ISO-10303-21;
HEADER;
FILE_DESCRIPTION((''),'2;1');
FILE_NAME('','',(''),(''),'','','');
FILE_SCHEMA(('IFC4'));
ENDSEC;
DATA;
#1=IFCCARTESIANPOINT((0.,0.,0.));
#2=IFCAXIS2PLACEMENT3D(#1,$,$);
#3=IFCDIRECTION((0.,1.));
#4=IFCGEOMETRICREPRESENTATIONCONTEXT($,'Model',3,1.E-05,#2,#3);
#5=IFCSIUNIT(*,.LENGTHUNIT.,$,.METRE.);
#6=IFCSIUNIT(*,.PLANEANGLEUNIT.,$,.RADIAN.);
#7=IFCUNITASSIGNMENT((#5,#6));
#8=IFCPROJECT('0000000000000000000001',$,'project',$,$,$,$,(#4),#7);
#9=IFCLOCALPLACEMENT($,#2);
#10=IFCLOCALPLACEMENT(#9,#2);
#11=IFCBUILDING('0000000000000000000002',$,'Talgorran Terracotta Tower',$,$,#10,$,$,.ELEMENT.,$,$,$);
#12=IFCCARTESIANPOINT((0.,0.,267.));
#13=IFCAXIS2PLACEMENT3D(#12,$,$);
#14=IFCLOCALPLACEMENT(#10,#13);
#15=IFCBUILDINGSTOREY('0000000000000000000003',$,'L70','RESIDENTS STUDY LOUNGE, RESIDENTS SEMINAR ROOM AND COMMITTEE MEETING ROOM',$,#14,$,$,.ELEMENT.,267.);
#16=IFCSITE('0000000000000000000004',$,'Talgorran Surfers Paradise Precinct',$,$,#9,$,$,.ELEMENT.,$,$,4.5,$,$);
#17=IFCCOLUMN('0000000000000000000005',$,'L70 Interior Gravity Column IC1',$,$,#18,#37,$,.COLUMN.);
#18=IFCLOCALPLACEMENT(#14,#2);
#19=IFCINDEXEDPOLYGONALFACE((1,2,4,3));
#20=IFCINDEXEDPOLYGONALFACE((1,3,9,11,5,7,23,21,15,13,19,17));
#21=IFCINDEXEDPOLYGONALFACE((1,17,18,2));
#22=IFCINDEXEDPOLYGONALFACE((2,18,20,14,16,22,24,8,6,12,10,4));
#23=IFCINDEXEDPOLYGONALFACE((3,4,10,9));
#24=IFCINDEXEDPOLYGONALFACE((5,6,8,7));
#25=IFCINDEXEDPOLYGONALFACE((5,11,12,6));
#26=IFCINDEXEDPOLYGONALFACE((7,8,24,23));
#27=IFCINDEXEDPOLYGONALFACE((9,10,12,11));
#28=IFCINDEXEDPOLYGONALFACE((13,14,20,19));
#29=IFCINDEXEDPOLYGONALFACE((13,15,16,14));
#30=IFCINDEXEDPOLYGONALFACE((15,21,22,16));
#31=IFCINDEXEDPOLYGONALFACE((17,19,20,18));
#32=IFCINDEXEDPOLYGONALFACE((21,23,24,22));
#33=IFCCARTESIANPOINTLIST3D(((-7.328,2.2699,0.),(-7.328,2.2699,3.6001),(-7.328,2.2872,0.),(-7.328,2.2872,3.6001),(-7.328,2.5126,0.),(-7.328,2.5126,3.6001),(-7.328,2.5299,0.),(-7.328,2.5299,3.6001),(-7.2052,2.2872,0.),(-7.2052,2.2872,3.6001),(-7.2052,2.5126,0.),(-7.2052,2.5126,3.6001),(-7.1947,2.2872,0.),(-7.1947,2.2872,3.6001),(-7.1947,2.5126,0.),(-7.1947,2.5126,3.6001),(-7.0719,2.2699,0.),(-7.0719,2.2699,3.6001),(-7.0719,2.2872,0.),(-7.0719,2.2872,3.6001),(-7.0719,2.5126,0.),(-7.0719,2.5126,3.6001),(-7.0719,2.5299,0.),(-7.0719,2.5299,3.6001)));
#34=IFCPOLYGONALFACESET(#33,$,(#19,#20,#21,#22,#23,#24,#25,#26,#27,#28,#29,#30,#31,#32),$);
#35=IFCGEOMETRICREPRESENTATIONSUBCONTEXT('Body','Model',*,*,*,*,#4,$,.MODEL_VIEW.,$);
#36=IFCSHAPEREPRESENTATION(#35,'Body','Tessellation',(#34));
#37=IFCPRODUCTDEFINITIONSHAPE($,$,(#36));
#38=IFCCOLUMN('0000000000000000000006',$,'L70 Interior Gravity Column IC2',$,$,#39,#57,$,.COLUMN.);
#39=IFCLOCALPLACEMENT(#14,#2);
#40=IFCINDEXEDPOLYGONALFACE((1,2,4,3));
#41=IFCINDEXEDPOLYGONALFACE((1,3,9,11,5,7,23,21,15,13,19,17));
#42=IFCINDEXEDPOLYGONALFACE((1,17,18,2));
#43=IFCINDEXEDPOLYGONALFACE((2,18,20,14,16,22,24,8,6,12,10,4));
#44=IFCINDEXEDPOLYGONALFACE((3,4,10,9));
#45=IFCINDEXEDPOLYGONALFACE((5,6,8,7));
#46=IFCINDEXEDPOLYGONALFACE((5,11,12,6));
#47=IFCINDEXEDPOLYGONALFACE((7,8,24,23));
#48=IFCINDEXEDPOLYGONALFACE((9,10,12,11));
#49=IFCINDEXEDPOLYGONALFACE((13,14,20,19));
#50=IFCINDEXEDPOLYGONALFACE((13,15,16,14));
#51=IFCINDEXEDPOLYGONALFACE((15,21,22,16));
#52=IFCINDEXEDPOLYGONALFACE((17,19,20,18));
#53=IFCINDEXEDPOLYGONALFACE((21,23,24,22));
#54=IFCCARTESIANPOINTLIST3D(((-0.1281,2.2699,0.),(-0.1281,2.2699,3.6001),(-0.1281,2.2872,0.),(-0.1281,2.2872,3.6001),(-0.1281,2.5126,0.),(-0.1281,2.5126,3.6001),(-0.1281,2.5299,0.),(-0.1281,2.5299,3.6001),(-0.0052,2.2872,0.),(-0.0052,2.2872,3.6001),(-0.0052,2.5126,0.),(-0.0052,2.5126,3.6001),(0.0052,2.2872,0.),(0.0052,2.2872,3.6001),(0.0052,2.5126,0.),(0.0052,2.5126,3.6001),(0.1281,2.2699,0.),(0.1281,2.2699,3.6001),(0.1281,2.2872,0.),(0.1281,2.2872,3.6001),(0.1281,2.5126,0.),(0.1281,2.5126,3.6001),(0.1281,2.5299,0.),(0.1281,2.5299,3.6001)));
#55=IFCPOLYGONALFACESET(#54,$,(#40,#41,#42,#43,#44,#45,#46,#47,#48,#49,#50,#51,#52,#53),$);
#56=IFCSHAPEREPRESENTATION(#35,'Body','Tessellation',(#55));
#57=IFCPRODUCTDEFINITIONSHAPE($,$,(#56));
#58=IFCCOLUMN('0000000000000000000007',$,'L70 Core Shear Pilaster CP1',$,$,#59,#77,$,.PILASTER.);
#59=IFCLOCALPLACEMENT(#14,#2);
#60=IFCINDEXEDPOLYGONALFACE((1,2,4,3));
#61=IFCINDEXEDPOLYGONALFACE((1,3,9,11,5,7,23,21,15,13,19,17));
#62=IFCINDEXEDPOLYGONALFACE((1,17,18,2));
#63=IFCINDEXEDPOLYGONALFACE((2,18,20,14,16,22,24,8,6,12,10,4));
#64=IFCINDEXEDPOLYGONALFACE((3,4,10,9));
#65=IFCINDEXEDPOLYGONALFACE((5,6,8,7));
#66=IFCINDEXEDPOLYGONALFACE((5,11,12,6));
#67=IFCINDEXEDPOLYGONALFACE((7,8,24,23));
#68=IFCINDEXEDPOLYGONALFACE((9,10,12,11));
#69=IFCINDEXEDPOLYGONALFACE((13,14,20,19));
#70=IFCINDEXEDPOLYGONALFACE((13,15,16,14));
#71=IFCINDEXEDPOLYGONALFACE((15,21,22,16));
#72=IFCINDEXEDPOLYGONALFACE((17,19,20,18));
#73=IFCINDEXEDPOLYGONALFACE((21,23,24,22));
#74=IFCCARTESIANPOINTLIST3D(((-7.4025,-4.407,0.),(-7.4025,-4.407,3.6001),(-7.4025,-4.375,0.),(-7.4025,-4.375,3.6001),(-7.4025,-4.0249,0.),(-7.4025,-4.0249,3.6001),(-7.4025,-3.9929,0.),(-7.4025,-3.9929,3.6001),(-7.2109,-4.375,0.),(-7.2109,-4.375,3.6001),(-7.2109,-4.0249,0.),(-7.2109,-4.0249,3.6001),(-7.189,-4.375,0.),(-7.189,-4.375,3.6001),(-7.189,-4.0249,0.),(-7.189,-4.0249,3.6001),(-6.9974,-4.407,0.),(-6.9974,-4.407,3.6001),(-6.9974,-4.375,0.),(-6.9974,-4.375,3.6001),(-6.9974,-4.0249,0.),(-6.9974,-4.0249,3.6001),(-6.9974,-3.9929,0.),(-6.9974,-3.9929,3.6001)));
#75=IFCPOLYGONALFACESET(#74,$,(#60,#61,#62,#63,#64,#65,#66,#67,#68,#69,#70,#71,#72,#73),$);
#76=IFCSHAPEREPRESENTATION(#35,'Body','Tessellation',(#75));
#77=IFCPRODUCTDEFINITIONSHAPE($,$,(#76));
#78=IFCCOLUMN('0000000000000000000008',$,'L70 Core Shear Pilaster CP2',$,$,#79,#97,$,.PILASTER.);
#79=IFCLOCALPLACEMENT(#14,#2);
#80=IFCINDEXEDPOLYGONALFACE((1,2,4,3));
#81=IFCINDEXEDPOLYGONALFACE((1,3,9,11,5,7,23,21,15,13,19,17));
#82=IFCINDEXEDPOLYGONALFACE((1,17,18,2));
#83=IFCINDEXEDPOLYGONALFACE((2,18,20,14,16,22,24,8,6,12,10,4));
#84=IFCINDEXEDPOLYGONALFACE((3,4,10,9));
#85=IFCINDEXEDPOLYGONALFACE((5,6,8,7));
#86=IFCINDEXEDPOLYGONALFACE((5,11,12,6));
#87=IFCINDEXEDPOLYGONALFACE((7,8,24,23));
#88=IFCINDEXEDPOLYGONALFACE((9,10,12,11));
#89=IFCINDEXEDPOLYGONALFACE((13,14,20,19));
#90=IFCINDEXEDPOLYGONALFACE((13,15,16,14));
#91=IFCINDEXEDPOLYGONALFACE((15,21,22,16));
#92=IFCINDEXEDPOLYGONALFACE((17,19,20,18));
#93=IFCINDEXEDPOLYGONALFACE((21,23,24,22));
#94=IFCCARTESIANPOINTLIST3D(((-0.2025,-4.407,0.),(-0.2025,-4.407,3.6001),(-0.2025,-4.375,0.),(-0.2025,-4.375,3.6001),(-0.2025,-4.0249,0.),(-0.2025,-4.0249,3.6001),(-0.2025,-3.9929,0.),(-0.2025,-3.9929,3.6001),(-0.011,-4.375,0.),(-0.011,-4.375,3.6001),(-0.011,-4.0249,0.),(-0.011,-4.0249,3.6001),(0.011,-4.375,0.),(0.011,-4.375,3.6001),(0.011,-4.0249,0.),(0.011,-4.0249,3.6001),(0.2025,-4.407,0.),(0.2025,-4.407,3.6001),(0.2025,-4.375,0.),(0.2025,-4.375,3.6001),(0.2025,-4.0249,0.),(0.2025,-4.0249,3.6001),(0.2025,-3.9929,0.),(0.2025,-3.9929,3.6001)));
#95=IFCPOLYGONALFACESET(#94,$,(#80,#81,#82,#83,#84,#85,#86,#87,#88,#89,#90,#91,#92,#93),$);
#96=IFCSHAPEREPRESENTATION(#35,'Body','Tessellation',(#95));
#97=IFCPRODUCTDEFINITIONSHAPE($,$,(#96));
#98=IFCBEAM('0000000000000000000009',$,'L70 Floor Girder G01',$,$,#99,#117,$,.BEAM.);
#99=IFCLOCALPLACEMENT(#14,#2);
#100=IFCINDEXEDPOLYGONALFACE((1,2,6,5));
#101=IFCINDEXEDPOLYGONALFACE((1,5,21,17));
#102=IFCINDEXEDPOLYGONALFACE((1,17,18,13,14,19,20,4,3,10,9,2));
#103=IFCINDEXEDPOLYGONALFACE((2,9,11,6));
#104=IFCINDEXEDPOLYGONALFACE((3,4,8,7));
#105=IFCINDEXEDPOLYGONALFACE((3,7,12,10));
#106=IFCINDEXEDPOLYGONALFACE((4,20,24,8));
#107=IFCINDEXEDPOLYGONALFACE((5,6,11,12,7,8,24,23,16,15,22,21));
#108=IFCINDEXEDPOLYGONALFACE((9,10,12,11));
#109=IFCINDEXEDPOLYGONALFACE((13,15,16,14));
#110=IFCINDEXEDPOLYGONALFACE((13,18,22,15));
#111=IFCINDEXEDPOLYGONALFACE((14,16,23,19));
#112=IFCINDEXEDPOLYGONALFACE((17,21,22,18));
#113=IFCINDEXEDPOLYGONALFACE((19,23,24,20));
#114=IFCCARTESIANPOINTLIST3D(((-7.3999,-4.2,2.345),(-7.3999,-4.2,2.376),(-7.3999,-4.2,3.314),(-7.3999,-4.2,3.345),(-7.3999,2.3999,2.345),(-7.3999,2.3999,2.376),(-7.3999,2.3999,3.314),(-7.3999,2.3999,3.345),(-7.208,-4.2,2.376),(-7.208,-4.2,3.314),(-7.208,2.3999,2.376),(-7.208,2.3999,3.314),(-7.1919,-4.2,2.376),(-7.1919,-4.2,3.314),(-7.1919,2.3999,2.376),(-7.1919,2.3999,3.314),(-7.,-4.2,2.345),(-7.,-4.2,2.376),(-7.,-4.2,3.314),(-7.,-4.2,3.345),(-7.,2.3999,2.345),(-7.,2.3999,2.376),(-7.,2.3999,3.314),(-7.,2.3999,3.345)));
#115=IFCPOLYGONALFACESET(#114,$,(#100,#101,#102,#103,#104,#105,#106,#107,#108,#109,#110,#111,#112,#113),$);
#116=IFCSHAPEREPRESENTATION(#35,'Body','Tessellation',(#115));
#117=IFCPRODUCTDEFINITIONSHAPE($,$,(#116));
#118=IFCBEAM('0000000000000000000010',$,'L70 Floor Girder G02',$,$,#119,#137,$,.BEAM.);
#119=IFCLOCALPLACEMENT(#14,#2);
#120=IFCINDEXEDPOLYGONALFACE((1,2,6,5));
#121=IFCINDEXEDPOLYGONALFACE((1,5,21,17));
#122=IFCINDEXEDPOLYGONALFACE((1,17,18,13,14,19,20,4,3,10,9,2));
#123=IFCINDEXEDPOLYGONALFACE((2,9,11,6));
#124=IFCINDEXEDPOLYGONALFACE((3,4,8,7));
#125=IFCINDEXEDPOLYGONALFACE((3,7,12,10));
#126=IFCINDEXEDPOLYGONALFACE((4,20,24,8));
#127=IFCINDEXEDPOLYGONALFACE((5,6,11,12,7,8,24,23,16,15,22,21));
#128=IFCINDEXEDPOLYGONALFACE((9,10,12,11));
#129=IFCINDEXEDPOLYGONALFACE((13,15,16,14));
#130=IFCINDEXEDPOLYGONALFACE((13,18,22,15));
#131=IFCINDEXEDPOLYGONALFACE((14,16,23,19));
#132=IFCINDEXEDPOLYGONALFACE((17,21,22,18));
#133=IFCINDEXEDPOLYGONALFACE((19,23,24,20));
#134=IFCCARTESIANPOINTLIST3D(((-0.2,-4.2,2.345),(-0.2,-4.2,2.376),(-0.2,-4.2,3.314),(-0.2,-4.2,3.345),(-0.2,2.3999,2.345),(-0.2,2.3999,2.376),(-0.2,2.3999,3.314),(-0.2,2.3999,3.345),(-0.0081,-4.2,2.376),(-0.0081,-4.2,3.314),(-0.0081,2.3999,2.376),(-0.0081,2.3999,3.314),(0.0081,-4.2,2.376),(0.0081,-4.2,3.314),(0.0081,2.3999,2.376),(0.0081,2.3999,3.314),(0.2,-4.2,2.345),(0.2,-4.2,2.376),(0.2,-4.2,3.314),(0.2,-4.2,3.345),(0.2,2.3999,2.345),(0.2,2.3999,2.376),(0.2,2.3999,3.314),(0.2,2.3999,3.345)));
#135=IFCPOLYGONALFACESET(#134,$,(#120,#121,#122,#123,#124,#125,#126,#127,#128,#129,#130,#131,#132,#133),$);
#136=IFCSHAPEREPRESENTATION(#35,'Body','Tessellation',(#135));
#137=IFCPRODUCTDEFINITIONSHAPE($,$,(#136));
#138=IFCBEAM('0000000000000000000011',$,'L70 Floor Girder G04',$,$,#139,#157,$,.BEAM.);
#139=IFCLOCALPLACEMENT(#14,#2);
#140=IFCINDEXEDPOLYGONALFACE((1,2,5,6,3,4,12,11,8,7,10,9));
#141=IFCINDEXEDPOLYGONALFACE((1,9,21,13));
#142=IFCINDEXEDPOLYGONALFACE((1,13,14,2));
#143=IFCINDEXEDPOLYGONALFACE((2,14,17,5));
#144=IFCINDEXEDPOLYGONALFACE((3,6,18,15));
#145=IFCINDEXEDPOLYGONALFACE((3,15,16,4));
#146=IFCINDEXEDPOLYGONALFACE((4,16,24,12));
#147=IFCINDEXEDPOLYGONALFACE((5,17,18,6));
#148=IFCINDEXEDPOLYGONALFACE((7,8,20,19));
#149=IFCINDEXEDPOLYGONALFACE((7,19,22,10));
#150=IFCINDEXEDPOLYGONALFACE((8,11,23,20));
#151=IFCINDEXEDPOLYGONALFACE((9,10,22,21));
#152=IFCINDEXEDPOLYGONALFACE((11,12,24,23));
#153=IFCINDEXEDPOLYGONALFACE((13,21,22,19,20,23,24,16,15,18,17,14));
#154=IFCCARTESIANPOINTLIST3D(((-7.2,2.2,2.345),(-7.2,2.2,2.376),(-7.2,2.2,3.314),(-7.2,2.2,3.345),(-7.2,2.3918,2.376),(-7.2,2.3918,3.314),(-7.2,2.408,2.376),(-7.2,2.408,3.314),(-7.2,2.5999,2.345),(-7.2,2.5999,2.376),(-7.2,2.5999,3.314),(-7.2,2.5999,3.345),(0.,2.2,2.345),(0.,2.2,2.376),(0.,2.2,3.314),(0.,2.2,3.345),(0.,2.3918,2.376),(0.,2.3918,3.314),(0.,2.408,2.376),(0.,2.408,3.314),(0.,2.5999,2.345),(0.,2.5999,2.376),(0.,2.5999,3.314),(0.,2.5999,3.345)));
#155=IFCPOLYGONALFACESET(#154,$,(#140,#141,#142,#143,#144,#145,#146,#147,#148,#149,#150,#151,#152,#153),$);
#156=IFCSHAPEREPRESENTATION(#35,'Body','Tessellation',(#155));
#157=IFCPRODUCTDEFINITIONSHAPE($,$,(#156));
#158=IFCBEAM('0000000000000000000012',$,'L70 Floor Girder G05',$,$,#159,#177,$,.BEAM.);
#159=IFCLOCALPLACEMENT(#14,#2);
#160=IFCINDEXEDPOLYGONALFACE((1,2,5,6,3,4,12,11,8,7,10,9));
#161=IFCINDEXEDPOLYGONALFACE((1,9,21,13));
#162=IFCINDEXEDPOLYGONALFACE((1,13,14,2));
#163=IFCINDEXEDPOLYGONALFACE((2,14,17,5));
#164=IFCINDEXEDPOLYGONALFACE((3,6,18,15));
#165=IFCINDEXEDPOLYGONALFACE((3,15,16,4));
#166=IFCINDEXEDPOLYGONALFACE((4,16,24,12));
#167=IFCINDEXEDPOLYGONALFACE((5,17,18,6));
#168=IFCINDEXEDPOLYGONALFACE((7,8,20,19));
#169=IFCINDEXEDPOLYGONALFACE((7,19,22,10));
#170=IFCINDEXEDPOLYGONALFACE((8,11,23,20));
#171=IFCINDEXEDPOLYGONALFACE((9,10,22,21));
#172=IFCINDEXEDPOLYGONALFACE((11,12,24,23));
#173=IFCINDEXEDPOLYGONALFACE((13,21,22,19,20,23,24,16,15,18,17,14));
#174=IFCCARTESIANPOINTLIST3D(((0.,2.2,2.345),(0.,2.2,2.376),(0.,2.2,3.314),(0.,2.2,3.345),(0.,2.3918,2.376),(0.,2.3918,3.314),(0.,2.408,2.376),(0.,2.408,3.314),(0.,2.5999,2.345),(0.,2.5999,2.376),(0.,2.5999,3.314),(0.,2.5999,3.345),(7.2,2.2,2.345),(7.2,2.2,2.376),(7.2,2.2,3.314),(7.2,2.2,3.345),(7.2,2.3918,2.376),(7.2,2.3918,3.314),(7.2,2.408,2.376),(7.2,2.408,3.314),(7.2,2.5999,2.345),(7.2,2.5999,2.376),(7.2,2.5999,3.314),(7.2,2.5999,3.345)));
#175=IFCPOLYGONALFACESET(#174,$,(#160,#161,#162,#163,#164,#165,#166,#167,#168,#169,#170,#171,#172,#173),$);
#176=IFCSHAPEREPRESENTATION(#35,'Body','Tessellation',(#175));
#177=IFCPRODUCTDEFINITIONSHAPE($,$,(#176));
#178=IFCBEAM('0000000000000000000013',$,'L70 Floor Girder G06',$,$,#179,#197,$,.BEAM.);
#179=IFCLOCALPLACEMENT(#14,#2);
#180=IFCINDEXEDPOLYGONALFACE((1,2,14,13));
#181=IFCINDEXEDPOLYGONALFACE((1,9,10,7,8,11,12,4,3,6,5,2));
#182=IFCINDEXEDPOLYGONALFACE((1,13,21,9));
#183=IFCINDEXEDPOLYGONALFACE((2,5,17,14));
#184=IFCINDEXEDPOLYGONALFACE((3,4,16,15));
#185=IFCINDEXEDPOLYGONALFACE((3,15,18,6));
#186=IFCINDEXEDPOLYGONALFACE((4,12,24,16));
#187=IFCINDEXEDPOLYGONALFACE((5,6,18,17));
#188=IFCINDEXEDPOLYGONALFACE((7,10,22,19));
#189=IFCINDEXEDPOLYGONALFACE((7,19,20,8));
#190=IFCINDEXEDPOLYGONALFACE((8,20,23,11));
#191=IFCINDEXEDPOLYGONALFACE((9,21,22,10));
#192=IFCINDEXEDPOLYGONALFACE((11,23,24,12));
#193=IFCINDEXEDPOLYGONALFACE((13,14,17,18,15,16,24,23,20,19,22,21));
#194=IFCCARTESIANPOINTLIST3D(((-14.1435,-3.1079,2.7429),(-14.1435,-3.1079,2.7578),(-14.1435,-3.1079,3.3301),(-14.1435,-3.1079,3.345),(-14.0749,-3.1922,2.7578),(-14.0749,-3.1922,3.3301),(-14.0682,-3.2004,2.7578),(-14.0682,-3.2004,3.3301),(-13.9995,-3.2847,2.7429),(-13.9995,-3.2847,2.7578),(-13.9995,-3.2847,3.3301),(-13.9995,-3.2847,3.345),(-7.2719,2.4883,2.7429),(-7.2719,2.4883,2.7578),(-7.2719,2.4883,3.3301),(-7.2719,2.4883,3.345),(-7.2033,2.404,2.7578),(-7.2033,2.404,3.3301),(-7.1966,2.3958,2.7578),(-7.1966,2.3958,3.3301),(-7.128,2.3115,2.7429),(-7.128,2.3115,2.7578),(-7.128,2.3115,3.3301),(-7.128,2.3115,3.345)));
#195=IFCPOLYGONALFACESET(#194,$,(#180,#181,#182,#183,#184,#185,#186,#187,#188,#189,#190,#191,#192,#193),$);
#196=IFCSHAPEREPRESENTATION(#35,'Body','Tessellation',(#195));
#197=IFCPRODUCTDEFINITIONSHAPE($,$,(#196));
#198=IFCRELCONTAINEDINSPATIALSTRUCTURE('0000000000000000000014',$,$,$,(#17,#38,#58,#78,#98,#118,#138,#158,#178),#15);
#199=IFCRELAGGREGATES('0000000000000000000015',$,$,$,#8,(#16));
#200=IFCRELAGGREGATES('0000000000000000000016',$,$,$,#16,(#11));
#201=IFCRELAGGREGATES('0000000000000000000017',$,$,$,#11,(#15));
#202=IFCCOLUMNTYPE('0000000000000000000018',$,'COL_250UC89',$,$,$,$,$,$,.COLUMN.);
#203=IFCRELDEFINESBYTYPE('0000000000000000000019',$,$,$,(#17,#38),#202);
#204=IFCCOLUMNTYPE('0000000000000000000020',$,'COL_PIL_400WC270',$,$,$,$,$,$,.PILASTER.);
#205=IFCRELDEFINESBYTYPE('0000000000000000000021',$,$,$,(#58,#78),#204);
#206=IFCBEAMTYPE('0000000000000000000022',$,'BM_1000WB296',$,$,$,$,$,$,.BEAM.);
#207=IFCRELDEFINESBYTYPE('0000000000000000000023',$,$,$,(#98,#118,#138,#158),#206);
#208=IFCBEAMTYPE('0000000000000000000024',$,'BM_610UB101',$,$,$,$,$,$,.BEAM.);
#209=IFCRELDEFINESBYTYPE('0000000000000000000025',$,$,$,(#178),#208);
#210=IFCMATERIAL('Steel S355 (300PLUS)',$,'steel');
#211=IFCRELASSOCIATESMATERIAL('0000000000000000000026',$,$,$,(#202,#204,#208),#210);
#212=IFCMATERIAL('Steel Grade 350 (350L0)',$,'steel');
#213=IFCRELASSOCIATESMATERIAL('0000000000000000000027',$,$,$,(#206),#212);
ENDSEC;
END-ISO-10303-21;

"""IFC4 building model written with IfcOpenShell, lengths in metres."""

from ifc_helpers import new_model, si_unit, direction, frame, origin, origin_2d, place, context, subcontext, project, spatial, i_section, extrude, material, material_profile, profile_set, type_object, element, save


model = new_model("IFC4")

# Units and contexts
model_context = context("Model", 3, precision=1e-05, world=origin(), true_north=direction((0.0, 1.0)))
body_context = subcontext(model_context, "Body", "Model", "MODEL_VIEW")
ifc_project = project(units=[si_unit("LENGTHUNIT", "METRE"), si_unit("PLANEANGLEUNIT", "RADIAN")], contexts=[model_context])

# Site, building, storey
site_placement = place(None, origin())
site = spatial("IfcSite", under=ifc_project, at=site_placement, Name="Talgorran Surfers Paradise Precinct", CompositionType="ELEMENT", RefElevation=4.5)
building_placement = place(site_placement, origin())
building = spatial("IfcBuilding", under=site, at=building_placement, Name="Talgorran Terracotta Tower", CompositionType="ELEMENT")
storey_placement = place(building_placement, frame((0.0, 0.0, 267.0)))
storey = spatial("IfcBuildingStorey", under=building, at=storey_placement, Name="L70", Description="RESIDENTS STUDY LOUNGE, RESIDENTS SEMINAR ROOM AND COMMITTEE MEETING ROOM", CompositionType="ELEMENT", Elevation=267.0)

# Columns
ifc_material_1 = material(Name="Steel S355 (300PLUS)", Category="steel")
ifc_material_profile_1 = material_profile(ifc_material_1, i_section(OverallWidth=0.2561, OverallDepth=0.26, WebThickness=0.0105, FlangeThickness=0.0173, at=origin_2d()), Name="250UC89.5")
ifc_profile_set_1 = profile_set([ifc_material_profile_1], Name="Steel S355 (300PLUS)")
column_type_1 = type_object("IfcColumnType", Name="COL_250UC89", PredefinedType="COLUMN", material=ifc_profile_set_1)
for number, where, z_axis, x_axis, name in (
    (1, (-7.2, 2.3999, 0.0), (0.0, 0.0, 1.0), (1.0, 0.0, 0.0), "L70 Interior Gravity Column IC1"),
    (2, (0.0, 2.3999, 0.0), (0.0, 0.0, 1.0), (1.0, 0.0, 0.0), "L70 Interior Gravity Column IC2"),
):
    element("IfcColumn", number, at=place(storey_placement, frame(where, z_axis=z_axis, x_axis=x_axis)), inside=storey, type_object=column_type_1, Name=name, PredefinedType="COLUMN", context=body_context, shape_type="SweptSolid", body=[
        extrude(i_section(OverallWidth=0.2561, OverallDepth=0.26, WebThickness=0.0105, FlangeThickness=0.0173, at=origin_2d()), origin(), (0.0, 0.0, 1.0), 3.6001),
    ])
ifc_material_profile_2 = material_profile(ifc_material_1, i_section(OverallWidth=0.405, OverallDepth=0.4141, WebThickness=0.022, FlangeThickness=0.032, at=origin_2d()), Name="400WC270")
ifc_profile_set_2 = profile_set([ifc_material_profile_2], Name="Steel S355 (300PLUS)")
column_type_2 = type_object("IfcColumnType", Name="COL_PIL_400WC270", PredefinedType="PILASTER", material=ifc_profile_set_2)
for number, where, z_axis, x_axis, name in (
    (3, (-7.2, -4.2, 0.0), (0.0, 0.0, 1.0), (1.0, 0.0, 0.0), "L70 Core Shear Pilaster CP1"),
    (4, (0.0, -4.2, 0.0), (0.0, 0.0, 1.0), (1.0, 0.0, 0.0), "L70 Core Shear Pilaster CP2"),
):
    element("IfcColumn", number, at=place(storey_placement, frame(where, z_axis=z_axis, x_axis=x_axis)), inside=storey, type_object=column_type_2, Name=name, PredefinedType="PILASTER", context=body_context, shape_type="SweptSolid", body=[
        extrude(i_section(OverallWidth=0.405, OverallDepth=0.4141, WebThickness=0.022, FlangeThickness=0.032, at=origin_2d()), origin(), (0.0, 0.0, 1.0), 3.6001),
    ])

# Beams
ifc_material_2 = material(Name="Steel Grade 350 (350L0)", Category="steel")
ifc_material_profile_3 = material_profile(ifc_material_2, i_section(OverallWidth=0.3999, OverallDepth=1.0, WebThickness=0.0161, FlangeThickness=0.031, at=origin_2d()), Name="1000WB296")
ifc_profile_set_3 = profile_set([ifc_material_profile_3], Name="Steel Grade 350 (350L0)")
beam_type_1 = type_object("IfcBeamType", Name="BM_1000WB296", PredefinedType="BEAM", material=ifc_profile_set_3)
for number, where, z_axis, x_axis, name in (
    (5, (-7.2, -4.2, 2.845), (0.0, 1.0, 0.0), (-1.0, 0.0, 0.0), "L70 Floor Girder G01"),
    (6, (0.0, -4.2, 2.845), (0.0, 1.0, 0.0), (-1.0, 0.0, 0.0), "L70 Floor Girder G02"),
):
    element("IfcBeam", number, at=place(storey_placement, frame(where, z_axis=z_axis, x_axis=x_axis)), inside=storey, type_object=beam_type_1, Name=name, PredefinedType="BEAM", context=body_context, shape_type="SweptSolid", body=[
        extrude(i_section(OverallWidth=0.3999, OverallDepth=1.0, WebThickness=0.0161, FlangeThickness=0.031, at=origin_2d()), origin(), (0.0, 0.0, 1.0), 6.5999),
    ])
for number, where, z_axis, x_axis, name in (
    (7, (-7.2, 2.3999, 2.845), (1.0, 0.0, 0.0), (0.0, 1.0, 0.0), "L70 Floor Girder G04"),
    (8, (0.0, 2.3999, 2.845), (1.0, 0.0, 0.0), (0.0, 1.0, 0.0), "L70 Floor Girder G05"),
):
    element("IfcBeam", number, at=place(storey_placement, frame(where, z_axis=z_axis, x_axis=x_axis)), inside=storey, type_object=beam_type_1, Name=name, PredefinedType="BEAM", context=body_context, shape_type="SweptSolid", body=[
        extrude(i_section(OverallWidth=0.3999, OverallDepth=1.0, WebThickness=0.0161, FlangeThickness=0.031, at=origin_2d()), origin(), (0.0, 0.0, 1.0), 7.2),
    ])
ifc_material_profile_4 = material_profile(ifc_material_1, i_section(OverallWidth=0.228, OverallDepth=0.6021, WebThickness=0.0105, FlangeThickness=0.0149, at=origin_2d()), Name="610UB101")
ifc_profile_set_4 = profile_set([ifc_material_profile_4], Name="Steel S355 (300PLUS)")
beam_type_2 = type_object("IfcBeamType", Name="BM_610UB101", PredefinedType="BEAM", material=ifc_profile_set_4)
beam_1_placement = place(storey_placement, frame((-7.2, 2.3999, 3.0439), z_axis=(-0.775394, -0.631478, 0.0), x_axis=(0.631478, -0.775394, 0.0)))
element("IfcBeam", 9, at=beam_1_placement, inside=storey, type_object=beam_type_2, Name="L70 Floor Girder G06", PredefinedType="BEAM", context=body_context, shape_type="SweptSolid", body=[
    extrude(i_section(OverallWidth=0.228, OverallDepth=0.6021, WebThickness=0.0105, FlangeThickness=0.0149, at=origin_2d()), origin(), (0.0, 0.0, 1.0), 8.8621),
])

save(model, "model.ifc")
